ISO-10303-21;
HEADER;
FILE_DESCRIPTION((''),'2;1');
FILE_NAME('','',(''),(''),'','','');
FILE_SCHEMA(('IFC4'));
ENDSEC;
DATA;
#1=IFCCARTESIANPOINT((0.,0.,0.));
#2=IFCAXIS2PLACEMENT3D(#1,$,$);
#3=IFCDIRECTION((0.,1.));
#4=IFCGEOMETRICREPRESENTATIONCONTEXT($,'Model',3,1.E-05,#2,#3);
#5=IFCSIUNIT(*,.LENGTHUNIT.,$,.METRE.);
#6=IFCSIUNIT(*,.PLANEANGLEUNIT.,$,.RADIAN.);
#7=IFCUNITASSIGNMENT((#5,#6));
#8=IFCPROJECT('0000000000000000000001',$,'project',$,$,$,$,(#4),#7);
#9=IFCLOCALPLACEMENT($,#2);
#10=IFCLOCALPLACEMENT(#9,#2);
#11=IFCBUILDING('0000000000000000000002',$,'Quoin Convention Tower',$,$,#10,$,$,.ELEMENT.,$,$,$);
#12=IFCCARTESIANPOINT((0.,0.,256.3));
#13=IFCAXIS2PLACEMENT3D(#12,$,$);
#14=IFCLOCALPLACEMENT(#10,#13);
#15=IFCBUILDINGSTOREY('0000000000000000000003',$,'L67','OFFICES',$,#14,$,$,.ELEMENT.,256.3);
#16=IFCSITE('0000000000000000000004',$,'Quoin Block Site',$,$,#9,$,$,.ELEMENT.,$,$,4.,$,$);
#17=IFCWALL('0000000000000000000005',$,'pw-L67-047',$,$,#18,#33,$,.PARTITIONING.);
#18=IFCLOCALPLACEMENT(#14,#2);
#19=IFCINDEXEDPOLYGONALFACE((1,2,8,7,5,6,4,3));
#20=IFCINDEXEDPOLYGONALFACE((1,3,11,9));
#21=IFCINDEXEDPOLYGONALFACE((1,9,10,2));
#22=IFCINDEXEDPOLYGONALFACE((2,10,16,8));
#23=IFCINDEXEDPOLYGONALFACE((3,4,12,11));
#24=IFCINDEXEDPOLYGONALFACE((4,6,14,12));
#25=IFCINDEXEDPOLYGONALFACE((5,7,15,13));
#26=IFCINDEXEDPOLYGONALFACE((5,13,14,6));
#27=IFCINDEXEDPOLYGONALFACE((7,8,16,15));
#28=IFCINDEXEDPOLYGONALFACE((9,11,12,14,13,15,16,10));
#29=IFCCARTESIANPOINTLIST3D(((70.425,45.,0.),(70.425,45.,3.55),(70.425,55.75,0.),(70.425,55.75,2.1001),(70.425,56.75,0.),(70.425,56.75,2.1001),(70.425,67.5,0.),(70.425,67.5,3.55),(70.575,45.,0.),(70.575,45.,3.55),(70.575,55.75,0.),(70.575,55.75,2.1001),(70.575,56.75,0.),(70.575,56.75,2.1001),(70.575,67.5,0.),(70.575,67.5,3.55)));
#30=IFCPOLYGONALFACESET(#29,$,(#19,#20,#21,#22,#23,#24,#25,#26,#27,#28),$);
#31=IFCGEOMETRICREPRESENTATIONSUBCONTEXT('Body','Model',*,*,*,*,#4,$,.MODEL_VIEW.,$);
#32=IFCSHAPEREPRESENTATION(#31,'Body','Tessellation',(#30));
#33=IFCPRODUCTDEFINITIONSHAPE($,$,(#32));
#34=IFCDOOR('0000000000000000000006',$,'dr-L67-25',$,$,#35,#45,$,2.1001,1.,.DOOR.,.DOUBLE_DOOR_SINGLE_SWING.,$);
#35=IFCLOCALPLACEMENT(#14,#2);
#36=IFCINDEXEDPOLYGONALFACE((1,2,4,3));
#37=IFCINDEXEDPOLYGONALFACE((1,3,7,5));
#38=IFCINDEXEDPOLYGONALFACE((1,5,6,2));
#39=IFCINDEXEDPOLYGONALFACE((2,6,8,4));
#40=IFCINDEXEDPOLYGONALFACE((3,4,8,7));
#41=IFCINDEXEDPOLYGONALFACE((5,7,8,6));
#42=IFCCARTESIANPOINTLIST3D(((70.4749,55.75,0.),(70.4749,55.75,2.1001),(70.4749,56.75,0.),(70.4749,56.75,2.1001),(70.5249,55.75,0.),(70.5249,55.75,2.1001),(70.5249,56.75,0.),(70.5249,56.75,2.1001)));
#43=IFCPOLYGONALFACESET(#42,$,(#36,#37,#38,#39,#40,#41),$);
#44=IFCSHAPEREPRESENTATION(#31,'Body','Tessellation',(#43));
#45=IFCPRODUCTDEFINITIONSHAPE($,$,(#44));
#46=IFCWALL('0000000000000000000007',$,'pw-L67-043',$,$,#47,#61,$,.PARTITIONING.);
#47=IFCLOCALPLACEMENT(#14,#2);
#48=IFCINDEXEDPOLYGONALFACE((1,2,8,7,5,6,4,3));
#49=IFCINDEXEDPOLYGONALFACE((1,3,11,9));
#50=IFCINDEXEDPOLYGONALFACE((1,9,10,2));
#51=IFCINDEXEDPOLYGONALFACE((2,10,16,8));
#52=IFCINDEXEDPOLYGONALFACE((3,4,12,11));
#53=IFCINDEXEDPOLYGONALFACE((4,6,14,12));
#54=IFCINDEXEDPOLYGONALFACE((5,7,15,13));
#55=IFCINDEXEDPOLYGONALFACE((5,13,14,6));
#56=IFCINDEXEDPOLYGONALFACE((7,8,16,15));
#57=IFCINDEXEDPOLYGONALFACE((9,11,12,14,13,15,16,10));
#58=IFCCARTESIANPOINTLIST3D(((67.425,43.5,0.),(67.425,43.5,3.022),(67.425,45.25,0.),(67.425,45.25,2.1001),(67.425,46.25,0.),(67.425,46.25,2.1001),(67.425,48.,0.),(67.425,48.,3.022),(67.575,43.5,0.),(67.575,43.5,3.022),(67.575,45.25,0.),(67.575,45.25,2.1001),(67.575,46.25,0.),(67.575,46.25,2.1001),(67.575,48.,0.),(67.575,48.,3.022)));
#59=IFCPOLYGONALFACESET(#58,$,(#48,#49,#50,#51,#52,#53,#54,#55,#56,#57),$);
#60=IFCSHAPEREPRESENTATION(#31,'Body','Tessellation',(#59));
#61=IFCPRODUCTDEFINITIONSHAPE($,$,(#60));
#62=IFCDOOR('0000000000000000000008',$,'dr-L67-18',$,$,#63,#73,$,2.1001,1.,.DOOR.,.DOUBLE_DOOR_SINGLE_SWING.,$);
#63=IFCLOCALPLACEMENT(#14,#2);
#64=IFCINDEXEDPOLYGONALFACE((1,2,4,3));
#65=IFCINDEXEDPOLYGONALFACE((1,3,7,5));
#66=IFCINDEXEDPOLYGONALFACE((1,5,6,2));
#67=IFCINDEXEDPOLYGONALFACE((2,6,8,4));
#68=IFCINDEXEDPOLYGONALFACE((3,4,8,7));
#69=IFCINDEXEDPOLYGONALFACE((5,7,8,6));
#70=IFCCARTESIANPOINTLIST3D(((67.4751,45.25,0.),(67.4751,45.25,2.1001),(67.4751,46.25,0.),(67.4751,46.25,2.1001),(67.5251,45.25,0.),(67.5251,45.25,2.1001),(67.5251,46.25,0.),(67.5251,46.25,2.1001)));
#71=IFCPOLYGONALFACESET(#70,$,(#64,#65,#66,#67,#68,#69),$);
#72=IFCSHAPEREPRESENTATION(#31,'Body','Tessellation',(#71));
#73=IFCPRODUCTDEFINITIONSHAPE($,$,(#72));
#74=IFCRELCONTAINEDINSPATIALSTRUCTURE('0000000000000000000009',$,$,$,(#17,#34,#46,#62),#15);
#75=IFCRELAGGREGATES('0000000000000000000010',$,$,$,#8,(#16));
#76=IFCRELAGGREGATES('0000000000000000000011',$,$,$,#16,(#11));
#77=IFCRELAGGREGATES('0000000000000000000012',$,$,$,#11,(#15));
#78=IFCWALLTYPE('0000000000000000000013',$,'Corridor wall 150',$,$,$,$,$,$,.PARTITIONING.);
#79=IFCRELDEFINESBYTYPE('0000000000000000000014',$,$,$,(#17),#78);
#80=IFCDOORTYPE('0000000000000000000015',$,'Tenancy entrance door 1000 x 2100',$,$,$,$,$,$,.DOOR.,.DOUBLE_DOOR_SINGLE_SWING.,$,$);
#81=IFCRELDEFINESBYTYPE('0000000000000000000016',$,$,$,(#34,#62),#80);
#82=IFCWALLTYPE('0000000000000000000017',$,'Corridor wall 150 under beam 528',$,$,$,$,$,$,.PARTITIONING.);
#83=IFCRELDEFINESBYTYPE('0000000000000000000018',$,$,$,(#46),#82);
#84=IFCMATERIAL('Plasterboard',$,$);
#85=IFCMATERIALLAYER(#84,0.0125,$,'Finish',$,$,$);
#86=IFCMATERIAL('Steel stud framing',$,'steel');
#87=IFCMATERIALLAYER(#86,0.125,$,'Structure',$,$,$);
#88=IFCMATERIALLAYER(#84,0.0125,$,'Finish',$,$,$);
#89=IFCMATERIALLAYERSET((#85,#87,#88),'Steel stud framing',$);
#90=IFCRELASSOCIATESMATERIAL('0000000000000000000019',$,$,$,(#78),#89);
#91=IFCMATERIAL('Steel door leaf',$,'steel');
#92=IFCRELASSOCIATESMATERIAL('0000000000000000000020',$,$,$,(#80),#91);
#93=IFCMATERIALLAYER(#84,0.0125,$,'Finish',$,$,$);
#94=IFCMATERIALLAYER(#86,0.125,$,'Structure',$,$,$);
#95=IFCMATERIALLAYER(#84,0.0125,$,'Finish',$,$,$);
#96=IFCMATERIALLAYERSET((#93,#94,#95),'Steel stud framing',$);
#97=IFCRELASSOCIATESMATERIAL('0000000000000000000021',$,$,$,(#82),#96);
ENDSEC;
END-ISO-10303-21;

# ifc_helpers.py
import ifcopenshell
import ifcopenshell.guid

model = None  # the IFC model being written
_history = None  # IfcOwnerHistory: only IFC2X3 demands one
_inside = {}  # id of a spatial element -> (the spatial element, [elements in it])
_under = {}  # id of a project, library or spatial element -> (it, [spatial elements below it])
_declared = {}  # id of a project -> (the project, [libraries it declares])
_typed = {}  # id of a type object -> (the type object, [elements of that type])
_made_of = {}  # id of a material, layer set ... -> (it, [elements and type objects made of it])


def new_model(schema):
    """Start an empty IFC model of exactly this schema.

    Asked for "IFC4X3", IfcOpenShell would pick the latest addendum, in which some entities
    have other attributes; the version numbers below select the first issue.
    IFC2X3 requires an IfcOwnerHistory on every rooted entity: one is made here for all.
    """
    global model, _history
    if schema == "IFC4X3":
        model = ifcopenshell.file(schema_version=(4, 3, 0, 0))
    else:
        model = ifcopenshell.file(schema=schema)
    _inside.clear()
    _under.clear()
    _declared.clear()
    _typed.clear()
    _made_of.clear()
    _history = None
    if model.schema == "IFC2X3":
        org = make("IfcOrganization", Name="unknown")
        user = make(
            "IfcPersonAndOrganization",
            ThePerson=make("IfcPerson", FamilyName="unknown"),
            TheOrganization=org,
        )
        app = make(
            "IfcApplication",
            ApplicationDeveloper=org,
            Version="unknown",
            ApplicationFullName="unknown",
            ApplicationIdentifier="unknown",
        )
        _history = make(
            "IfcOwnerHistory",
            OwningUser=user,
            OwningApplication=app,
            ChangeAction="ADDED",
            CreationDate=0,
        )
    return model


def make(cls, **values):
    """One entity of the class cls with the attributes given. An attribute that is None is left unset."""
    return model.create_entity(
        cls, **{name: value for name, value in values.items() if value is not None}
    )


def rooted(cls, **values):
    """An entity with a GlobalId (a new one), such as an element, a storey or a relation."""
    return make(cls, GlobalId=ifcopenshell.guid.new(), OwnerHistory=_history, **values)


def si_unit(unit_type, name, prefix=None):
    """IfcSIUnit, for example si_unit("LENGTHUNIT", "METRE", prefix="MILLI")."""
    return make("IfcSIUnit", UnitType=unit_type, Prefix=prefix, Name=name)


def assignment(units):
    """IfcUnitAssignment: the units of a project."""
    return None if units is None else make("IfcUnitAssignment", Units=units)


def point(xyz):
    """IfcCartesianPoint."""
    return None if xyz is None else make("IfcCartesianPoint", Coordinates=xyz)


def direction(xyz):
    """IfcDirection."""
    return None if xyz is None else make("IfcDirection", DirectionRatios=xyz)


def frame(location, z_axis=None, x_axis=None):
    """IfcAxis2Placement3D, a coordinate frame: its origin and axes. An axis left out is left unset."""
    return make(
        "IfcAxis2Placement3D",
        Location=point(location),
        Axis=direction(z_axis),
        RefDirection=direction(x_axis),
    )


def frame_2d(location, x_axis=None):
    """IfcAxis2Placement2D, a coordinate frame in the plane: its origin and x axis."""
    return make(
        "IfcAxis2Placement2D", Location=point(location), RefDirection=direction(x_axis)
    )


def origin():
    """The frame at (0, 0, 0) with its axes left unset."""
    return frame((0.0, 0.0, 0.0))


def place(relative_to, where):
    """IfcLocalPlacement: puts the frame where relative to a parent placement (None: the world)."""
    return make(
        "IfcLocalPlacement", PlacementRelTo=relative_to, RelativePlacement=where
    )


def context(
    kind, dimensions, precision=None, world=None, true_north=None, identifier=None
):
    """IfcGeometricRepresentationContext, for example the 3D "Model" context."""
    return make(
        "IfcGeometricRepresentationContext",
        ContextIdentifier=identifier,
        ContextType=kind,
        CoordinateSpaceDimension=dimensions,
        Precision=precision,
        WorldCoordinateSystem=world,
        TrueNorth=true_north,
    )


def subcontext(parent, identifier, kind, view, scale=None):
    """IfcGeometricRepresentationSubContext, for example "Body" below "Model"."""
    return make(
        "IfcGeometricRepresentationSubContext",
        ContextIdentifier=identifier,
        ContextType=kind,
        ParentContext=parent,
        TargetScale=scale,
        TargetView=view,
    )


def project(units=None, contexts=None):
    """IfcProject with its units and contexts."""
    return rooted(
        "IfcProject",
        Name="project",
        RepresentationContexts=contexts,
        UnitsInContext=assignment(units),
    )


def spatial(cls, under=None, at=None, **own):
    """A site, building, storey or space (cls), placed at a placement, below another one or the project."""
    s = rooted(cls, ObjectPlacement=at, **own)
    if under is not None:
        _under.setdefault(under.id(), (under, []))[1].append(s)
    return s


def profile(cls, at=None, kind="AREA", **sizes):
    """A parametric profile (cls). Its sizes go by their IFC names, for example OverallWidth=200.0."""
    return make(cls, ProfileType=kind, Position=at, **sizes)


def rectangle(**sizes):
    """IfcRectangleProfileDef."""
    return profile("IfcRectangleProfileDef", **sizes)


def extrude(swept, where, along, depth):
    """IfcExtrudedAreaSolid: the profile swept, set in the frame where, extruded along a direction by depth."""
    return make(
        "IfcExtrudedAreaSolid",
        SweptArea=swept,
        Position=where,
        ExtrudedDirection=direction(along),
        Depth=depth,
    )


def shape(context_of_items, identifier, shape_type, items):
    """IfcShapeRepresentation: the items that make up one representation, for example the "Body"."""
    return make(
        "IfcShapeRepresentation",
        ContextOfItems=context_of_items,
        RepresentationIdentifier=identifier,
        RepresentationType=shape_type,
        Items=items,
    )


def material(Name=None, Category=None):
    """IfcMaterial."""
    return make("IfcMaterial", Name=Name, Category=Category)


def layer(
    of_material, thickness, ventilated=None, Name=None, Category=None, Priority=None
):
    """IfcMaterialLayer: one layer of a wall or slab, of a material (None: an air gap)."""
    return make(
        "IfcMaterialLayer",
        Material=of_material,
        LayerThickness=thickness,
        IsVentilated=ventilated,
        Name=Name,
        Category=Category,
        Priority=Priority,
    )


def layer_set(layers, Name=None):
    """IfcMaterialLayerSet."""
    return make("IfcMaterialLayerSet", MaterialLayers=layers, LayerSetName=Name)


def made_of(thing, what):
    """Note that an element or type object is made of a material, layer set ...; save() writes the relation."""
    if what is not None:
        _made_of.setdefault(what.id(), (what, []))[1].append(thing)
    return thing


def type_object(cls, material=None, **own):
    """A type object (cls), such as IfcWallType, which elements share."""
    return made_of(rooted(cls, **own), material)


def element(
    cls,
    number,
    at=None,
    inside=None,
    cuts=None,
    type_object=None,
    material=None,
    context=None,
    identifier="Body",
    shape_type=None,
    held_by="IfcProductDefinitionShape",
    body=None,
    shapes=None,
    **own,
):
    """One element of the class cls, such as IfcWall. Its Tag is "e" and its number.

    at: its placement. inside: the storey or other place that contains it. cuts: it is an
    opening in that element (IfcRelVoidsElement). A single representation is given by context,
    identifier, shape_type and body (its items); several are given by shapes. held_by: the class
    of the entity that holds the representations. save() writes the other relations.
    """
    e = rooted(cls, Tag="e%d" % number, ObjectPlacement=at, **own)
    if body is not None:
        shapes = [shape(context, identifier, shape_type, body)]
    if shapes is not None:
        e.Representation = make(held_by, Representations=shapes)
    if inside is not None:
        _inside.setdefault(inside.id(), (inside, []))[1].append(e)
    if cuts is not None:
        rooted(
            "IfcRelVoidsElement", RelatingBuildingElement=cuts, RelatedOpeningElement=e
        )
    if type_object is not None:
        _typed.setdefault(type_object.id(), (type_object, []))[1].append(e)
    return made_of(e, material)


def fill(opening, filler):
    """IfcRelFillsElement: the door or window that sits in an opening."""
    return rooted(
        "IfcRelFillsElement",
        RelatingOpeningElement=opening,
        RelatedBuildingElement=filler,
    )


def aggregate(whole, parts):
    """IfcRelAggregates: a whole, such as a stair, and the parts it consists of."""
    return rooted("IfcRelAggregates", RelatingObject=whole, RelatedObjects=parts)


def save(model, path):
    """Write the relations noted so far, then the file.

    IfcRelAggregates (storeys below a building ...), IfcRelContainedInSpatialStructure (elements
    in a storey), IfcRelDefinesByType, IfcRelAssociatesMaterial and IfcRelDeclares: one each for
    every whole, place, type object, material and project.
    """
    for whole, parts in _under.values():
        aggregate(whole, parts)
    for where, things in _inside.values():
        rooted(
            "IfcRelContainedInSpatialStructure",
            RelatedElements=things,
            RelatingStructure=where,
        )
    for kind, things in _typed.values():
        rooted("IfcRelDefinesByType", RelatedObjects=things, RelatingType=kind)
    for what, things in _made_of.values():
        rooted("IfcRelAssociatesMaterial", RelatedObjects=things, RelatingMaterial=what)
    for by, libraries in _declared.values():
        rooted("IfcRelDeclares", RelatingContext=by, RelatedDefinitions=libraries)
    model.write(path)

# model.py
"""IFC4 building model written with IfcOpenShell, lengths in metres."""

from ifc_helpers import new_model, si_unit, direction, frame, frame_2d, origin, place, context, subcontext, project, spatial, rectangle, extrude, material, layer, layer_set, type_object, element, fill, save


model = new_model("IFC4")

# Units and contexts
model_context = context("Model", 3, precision=1e-05, world=origin(), true_north=direction((0.0, 1.0)))
body_context = subcontext(model_context, "Body", "Model", "MODEL_VIEW")
ifc_project = project(units=[si_unit("LENGTHUNIT", "METRE"), si_unit("PLANEANGLEUNIT", "RADIAN")], contexts=[model_context])

# Site, building, storey
site_placement = place(None, origin())
site = spatial("IfcSite", under=ifc_project, at=site_placement, Name="Quoin Block Site", CompositionType="ELEMENT", RefElevation=4.0)
building_placement = place(site_placement, origin())
building = spatial("IfcBuilding", under=site, at=building_placement, Name="Quoin Convention Tower", CompositionType="ELEMENT")
storey_placement = place(building_placement, frame((0.0, 0.0, 256.3)))
storey = spatial("IfcBuildingStorey", under=building, at=storey_placement, Name="L67", Description="OFFICES", CompositionType="ELEMENT", Elevation=256.3)

# Shared definitions
ifc_material_1 = material(Name="Plasterboard")
ifc_layer_1 = layer(ifc_material_1, 0.0125, Name="Finish")
ifc_material_2 = material(Name="Steel stud framing", Category="steel")
ifc_layer_2 = layer(ifc_material_2, 0.125, Name="Structure")
ifc_layer_3 = layer(ifc_material_1, 0.0125, Name="Finish")
ifc_layer_set_1 = layer_set([ifc_layer_1, ifc_layer_2, ifc_layer_3], Name="Steel stud framing")
wall_type_1 = type_object("IfcWallType", Name="Corridor wall 150", PredefinedType="PARTITIONING", material=ifc_layer_set_1)

# Walls, openings, doors
wall_1_placement = place(storey_placement, frame((70.5, 45.0, 0.0), z_axis=(0.0, 0.0, 1.0), x_axis=(0.0, 1.0, 0.0)))
wall_1 = element("IfcWall", 1, at=wall_1_placement, inside=storey, type_object=wall_type_1, Name="pw-L67-047", PredefinedType="PARTITIONING", context=body_context, shape_type="SweptSolid", body=[
    extrude(rectangle(XDim=22.5, YDim=0.1499, at=frame_2d((11.25, 0.0))), origin(), (0.0, 0.0, 1.0), 3.55),
])
opening_1_placement = place(wall_1_placement, frame((10.75, 0.0, 0.0)))
opening_1 = element("IfcOpeningElement", 2, at=opening_1_placement, cuts=wall_1, PredefinedType="OPENING", context=body_context, shape_type="SweptSolid", body=[
    extrude(rectangle(XDim=1.0, YDim=2.1001, at=frame_2d((0.5, 1.05))), frame((0.0, 0.085, 0.0), z_axis=(0.0, -1.0, 0.0), x_axis=(1.0, 0.0, 0.0)), (0.0, 0.0, 1.0), 0.1699),
])
ifc_material_3 = material(Name="Steel door leaf", Category="steel")
door_type = type_object("IfcDoorType", Name="Tenancy entrance door 1000 x 2100", OperationType="DOUBLE_DOOR_SINGLE_SWING", PredefinedType="DOOR", material=ifc_material_3)
door_1_placement = place(opening_1_placement, frame((1.0, 0.0, 0.0), z_axis=(0.0, 0.0, 1.0), x_axis=(-1.0, 0.0, 0.0)))
door_1 = element("IfcDoor", 3, at=door_1_placement, inside=storey, type_object=door_type, Name="dr-L67-25", OperationType="DOUBLE_DOOR_SINGLE_SWING", OverallHeight=2.1001, OverallWidth=1.0, PredefinedType="DOOR", context=body_context, shape_type="SweptSolid", body=[
    extrude(rectangle(XDim=1.0, YDim=2.1001, at=frame_2d((0.5, 1.05))), frame((0.0, 0.0249, 0.0), z_axis=(0.0, -1.0, 0.0), x_axis=(1.0, 0.0, 0.0)), (0.0, 0.0, 1.0), 0.05),
])
fill(opening_1, door_1)
ifc_layer_4 = layer(ifc_material_1, 0.0125, Name="Finish")
ifc_layer_5 = layer(ifc_material_2, 0.125, Name="Structure")
ifc_layer_6 = layer(ifc_material_1, 0.0125, Name="Finish")
ifc_layer_set_2 = layer_set([ifc_layer_4, ifc_layer_5, ifc_layer_6], Name="Steel stud framing")
wall_type_2 = type_object("IfcWallType", Name="Corridor wall 150 under beam 528", PredefinedType="PARTITIONING", material=ifc_layer_set_2)
wall_2_placement = place(storey_placement, frame((67.5, 43.5, 0.0), z_axis=(0.0, 0.0, 1.0), x_axis=(0.0, 1.0, 0.0)))
wall_2 = element("IfcWall", 4, at=wall_2_placement, inside=storey, type_object=wall_type_2, Name="pw-L67-043", PredefinedType="PARTITIONING", context=body_context, shape_type="SweptSolid", body=[
    extrude(rectangle(XDim=4.5, YDim=0.1499, at=frame_2d((2.25, 0.0))), origin(), (0.0, 0.0, 1.0), 3.022),
])
opening_2_placement = place(wall_2_placement, frame((1.75, 0.0, 0.0)))
opening_2 = element("IfcOpeningElement", 5, at=opening_2_placement, cuts=wall_2, PredefinedType="OPENING", context=body_context, shape_type="SweptSolid", body=[
    extrude(rectangle(XDim=1.0, YDim=2.1001, at=frame_2d((0.5, 1.05))), frame((0.0, 0.085, 0.0), z_axis=(0.0, -1.0, 0.0), x_axis=(1.0, 0.0, 0.0)), (0.0, 0.0, 1.0), 0.1699),
])
door_2_placement = place(opening_2_placement, origin())
door_2 = element("IfcDoor", 6, at=door_2_placement, inside=storey, type_object=door_type, Name="dr-L67-18", OperationType="DOUBLE_DOOR_SINGLE_SWING", OverallHeight=2.1001, OverallWidth=1.0, PredefinedType="DOOR", context=body_context, shape_type="SweptSolid", body=[
    extrude(rectangle(XDim=1.0, YDim=2.1001, at=frame_2d((0.5, 1.05))), frame((0.0, 0.0249, 0.0), z_axis=(0.0, -1.0, 0.0), x_axis=(1.0, 0.0, 0.0)), (0.0, 0.0, 1.0), 0.05),
])
fill(opening_2, door_2)

save(model, "model.ifc")
